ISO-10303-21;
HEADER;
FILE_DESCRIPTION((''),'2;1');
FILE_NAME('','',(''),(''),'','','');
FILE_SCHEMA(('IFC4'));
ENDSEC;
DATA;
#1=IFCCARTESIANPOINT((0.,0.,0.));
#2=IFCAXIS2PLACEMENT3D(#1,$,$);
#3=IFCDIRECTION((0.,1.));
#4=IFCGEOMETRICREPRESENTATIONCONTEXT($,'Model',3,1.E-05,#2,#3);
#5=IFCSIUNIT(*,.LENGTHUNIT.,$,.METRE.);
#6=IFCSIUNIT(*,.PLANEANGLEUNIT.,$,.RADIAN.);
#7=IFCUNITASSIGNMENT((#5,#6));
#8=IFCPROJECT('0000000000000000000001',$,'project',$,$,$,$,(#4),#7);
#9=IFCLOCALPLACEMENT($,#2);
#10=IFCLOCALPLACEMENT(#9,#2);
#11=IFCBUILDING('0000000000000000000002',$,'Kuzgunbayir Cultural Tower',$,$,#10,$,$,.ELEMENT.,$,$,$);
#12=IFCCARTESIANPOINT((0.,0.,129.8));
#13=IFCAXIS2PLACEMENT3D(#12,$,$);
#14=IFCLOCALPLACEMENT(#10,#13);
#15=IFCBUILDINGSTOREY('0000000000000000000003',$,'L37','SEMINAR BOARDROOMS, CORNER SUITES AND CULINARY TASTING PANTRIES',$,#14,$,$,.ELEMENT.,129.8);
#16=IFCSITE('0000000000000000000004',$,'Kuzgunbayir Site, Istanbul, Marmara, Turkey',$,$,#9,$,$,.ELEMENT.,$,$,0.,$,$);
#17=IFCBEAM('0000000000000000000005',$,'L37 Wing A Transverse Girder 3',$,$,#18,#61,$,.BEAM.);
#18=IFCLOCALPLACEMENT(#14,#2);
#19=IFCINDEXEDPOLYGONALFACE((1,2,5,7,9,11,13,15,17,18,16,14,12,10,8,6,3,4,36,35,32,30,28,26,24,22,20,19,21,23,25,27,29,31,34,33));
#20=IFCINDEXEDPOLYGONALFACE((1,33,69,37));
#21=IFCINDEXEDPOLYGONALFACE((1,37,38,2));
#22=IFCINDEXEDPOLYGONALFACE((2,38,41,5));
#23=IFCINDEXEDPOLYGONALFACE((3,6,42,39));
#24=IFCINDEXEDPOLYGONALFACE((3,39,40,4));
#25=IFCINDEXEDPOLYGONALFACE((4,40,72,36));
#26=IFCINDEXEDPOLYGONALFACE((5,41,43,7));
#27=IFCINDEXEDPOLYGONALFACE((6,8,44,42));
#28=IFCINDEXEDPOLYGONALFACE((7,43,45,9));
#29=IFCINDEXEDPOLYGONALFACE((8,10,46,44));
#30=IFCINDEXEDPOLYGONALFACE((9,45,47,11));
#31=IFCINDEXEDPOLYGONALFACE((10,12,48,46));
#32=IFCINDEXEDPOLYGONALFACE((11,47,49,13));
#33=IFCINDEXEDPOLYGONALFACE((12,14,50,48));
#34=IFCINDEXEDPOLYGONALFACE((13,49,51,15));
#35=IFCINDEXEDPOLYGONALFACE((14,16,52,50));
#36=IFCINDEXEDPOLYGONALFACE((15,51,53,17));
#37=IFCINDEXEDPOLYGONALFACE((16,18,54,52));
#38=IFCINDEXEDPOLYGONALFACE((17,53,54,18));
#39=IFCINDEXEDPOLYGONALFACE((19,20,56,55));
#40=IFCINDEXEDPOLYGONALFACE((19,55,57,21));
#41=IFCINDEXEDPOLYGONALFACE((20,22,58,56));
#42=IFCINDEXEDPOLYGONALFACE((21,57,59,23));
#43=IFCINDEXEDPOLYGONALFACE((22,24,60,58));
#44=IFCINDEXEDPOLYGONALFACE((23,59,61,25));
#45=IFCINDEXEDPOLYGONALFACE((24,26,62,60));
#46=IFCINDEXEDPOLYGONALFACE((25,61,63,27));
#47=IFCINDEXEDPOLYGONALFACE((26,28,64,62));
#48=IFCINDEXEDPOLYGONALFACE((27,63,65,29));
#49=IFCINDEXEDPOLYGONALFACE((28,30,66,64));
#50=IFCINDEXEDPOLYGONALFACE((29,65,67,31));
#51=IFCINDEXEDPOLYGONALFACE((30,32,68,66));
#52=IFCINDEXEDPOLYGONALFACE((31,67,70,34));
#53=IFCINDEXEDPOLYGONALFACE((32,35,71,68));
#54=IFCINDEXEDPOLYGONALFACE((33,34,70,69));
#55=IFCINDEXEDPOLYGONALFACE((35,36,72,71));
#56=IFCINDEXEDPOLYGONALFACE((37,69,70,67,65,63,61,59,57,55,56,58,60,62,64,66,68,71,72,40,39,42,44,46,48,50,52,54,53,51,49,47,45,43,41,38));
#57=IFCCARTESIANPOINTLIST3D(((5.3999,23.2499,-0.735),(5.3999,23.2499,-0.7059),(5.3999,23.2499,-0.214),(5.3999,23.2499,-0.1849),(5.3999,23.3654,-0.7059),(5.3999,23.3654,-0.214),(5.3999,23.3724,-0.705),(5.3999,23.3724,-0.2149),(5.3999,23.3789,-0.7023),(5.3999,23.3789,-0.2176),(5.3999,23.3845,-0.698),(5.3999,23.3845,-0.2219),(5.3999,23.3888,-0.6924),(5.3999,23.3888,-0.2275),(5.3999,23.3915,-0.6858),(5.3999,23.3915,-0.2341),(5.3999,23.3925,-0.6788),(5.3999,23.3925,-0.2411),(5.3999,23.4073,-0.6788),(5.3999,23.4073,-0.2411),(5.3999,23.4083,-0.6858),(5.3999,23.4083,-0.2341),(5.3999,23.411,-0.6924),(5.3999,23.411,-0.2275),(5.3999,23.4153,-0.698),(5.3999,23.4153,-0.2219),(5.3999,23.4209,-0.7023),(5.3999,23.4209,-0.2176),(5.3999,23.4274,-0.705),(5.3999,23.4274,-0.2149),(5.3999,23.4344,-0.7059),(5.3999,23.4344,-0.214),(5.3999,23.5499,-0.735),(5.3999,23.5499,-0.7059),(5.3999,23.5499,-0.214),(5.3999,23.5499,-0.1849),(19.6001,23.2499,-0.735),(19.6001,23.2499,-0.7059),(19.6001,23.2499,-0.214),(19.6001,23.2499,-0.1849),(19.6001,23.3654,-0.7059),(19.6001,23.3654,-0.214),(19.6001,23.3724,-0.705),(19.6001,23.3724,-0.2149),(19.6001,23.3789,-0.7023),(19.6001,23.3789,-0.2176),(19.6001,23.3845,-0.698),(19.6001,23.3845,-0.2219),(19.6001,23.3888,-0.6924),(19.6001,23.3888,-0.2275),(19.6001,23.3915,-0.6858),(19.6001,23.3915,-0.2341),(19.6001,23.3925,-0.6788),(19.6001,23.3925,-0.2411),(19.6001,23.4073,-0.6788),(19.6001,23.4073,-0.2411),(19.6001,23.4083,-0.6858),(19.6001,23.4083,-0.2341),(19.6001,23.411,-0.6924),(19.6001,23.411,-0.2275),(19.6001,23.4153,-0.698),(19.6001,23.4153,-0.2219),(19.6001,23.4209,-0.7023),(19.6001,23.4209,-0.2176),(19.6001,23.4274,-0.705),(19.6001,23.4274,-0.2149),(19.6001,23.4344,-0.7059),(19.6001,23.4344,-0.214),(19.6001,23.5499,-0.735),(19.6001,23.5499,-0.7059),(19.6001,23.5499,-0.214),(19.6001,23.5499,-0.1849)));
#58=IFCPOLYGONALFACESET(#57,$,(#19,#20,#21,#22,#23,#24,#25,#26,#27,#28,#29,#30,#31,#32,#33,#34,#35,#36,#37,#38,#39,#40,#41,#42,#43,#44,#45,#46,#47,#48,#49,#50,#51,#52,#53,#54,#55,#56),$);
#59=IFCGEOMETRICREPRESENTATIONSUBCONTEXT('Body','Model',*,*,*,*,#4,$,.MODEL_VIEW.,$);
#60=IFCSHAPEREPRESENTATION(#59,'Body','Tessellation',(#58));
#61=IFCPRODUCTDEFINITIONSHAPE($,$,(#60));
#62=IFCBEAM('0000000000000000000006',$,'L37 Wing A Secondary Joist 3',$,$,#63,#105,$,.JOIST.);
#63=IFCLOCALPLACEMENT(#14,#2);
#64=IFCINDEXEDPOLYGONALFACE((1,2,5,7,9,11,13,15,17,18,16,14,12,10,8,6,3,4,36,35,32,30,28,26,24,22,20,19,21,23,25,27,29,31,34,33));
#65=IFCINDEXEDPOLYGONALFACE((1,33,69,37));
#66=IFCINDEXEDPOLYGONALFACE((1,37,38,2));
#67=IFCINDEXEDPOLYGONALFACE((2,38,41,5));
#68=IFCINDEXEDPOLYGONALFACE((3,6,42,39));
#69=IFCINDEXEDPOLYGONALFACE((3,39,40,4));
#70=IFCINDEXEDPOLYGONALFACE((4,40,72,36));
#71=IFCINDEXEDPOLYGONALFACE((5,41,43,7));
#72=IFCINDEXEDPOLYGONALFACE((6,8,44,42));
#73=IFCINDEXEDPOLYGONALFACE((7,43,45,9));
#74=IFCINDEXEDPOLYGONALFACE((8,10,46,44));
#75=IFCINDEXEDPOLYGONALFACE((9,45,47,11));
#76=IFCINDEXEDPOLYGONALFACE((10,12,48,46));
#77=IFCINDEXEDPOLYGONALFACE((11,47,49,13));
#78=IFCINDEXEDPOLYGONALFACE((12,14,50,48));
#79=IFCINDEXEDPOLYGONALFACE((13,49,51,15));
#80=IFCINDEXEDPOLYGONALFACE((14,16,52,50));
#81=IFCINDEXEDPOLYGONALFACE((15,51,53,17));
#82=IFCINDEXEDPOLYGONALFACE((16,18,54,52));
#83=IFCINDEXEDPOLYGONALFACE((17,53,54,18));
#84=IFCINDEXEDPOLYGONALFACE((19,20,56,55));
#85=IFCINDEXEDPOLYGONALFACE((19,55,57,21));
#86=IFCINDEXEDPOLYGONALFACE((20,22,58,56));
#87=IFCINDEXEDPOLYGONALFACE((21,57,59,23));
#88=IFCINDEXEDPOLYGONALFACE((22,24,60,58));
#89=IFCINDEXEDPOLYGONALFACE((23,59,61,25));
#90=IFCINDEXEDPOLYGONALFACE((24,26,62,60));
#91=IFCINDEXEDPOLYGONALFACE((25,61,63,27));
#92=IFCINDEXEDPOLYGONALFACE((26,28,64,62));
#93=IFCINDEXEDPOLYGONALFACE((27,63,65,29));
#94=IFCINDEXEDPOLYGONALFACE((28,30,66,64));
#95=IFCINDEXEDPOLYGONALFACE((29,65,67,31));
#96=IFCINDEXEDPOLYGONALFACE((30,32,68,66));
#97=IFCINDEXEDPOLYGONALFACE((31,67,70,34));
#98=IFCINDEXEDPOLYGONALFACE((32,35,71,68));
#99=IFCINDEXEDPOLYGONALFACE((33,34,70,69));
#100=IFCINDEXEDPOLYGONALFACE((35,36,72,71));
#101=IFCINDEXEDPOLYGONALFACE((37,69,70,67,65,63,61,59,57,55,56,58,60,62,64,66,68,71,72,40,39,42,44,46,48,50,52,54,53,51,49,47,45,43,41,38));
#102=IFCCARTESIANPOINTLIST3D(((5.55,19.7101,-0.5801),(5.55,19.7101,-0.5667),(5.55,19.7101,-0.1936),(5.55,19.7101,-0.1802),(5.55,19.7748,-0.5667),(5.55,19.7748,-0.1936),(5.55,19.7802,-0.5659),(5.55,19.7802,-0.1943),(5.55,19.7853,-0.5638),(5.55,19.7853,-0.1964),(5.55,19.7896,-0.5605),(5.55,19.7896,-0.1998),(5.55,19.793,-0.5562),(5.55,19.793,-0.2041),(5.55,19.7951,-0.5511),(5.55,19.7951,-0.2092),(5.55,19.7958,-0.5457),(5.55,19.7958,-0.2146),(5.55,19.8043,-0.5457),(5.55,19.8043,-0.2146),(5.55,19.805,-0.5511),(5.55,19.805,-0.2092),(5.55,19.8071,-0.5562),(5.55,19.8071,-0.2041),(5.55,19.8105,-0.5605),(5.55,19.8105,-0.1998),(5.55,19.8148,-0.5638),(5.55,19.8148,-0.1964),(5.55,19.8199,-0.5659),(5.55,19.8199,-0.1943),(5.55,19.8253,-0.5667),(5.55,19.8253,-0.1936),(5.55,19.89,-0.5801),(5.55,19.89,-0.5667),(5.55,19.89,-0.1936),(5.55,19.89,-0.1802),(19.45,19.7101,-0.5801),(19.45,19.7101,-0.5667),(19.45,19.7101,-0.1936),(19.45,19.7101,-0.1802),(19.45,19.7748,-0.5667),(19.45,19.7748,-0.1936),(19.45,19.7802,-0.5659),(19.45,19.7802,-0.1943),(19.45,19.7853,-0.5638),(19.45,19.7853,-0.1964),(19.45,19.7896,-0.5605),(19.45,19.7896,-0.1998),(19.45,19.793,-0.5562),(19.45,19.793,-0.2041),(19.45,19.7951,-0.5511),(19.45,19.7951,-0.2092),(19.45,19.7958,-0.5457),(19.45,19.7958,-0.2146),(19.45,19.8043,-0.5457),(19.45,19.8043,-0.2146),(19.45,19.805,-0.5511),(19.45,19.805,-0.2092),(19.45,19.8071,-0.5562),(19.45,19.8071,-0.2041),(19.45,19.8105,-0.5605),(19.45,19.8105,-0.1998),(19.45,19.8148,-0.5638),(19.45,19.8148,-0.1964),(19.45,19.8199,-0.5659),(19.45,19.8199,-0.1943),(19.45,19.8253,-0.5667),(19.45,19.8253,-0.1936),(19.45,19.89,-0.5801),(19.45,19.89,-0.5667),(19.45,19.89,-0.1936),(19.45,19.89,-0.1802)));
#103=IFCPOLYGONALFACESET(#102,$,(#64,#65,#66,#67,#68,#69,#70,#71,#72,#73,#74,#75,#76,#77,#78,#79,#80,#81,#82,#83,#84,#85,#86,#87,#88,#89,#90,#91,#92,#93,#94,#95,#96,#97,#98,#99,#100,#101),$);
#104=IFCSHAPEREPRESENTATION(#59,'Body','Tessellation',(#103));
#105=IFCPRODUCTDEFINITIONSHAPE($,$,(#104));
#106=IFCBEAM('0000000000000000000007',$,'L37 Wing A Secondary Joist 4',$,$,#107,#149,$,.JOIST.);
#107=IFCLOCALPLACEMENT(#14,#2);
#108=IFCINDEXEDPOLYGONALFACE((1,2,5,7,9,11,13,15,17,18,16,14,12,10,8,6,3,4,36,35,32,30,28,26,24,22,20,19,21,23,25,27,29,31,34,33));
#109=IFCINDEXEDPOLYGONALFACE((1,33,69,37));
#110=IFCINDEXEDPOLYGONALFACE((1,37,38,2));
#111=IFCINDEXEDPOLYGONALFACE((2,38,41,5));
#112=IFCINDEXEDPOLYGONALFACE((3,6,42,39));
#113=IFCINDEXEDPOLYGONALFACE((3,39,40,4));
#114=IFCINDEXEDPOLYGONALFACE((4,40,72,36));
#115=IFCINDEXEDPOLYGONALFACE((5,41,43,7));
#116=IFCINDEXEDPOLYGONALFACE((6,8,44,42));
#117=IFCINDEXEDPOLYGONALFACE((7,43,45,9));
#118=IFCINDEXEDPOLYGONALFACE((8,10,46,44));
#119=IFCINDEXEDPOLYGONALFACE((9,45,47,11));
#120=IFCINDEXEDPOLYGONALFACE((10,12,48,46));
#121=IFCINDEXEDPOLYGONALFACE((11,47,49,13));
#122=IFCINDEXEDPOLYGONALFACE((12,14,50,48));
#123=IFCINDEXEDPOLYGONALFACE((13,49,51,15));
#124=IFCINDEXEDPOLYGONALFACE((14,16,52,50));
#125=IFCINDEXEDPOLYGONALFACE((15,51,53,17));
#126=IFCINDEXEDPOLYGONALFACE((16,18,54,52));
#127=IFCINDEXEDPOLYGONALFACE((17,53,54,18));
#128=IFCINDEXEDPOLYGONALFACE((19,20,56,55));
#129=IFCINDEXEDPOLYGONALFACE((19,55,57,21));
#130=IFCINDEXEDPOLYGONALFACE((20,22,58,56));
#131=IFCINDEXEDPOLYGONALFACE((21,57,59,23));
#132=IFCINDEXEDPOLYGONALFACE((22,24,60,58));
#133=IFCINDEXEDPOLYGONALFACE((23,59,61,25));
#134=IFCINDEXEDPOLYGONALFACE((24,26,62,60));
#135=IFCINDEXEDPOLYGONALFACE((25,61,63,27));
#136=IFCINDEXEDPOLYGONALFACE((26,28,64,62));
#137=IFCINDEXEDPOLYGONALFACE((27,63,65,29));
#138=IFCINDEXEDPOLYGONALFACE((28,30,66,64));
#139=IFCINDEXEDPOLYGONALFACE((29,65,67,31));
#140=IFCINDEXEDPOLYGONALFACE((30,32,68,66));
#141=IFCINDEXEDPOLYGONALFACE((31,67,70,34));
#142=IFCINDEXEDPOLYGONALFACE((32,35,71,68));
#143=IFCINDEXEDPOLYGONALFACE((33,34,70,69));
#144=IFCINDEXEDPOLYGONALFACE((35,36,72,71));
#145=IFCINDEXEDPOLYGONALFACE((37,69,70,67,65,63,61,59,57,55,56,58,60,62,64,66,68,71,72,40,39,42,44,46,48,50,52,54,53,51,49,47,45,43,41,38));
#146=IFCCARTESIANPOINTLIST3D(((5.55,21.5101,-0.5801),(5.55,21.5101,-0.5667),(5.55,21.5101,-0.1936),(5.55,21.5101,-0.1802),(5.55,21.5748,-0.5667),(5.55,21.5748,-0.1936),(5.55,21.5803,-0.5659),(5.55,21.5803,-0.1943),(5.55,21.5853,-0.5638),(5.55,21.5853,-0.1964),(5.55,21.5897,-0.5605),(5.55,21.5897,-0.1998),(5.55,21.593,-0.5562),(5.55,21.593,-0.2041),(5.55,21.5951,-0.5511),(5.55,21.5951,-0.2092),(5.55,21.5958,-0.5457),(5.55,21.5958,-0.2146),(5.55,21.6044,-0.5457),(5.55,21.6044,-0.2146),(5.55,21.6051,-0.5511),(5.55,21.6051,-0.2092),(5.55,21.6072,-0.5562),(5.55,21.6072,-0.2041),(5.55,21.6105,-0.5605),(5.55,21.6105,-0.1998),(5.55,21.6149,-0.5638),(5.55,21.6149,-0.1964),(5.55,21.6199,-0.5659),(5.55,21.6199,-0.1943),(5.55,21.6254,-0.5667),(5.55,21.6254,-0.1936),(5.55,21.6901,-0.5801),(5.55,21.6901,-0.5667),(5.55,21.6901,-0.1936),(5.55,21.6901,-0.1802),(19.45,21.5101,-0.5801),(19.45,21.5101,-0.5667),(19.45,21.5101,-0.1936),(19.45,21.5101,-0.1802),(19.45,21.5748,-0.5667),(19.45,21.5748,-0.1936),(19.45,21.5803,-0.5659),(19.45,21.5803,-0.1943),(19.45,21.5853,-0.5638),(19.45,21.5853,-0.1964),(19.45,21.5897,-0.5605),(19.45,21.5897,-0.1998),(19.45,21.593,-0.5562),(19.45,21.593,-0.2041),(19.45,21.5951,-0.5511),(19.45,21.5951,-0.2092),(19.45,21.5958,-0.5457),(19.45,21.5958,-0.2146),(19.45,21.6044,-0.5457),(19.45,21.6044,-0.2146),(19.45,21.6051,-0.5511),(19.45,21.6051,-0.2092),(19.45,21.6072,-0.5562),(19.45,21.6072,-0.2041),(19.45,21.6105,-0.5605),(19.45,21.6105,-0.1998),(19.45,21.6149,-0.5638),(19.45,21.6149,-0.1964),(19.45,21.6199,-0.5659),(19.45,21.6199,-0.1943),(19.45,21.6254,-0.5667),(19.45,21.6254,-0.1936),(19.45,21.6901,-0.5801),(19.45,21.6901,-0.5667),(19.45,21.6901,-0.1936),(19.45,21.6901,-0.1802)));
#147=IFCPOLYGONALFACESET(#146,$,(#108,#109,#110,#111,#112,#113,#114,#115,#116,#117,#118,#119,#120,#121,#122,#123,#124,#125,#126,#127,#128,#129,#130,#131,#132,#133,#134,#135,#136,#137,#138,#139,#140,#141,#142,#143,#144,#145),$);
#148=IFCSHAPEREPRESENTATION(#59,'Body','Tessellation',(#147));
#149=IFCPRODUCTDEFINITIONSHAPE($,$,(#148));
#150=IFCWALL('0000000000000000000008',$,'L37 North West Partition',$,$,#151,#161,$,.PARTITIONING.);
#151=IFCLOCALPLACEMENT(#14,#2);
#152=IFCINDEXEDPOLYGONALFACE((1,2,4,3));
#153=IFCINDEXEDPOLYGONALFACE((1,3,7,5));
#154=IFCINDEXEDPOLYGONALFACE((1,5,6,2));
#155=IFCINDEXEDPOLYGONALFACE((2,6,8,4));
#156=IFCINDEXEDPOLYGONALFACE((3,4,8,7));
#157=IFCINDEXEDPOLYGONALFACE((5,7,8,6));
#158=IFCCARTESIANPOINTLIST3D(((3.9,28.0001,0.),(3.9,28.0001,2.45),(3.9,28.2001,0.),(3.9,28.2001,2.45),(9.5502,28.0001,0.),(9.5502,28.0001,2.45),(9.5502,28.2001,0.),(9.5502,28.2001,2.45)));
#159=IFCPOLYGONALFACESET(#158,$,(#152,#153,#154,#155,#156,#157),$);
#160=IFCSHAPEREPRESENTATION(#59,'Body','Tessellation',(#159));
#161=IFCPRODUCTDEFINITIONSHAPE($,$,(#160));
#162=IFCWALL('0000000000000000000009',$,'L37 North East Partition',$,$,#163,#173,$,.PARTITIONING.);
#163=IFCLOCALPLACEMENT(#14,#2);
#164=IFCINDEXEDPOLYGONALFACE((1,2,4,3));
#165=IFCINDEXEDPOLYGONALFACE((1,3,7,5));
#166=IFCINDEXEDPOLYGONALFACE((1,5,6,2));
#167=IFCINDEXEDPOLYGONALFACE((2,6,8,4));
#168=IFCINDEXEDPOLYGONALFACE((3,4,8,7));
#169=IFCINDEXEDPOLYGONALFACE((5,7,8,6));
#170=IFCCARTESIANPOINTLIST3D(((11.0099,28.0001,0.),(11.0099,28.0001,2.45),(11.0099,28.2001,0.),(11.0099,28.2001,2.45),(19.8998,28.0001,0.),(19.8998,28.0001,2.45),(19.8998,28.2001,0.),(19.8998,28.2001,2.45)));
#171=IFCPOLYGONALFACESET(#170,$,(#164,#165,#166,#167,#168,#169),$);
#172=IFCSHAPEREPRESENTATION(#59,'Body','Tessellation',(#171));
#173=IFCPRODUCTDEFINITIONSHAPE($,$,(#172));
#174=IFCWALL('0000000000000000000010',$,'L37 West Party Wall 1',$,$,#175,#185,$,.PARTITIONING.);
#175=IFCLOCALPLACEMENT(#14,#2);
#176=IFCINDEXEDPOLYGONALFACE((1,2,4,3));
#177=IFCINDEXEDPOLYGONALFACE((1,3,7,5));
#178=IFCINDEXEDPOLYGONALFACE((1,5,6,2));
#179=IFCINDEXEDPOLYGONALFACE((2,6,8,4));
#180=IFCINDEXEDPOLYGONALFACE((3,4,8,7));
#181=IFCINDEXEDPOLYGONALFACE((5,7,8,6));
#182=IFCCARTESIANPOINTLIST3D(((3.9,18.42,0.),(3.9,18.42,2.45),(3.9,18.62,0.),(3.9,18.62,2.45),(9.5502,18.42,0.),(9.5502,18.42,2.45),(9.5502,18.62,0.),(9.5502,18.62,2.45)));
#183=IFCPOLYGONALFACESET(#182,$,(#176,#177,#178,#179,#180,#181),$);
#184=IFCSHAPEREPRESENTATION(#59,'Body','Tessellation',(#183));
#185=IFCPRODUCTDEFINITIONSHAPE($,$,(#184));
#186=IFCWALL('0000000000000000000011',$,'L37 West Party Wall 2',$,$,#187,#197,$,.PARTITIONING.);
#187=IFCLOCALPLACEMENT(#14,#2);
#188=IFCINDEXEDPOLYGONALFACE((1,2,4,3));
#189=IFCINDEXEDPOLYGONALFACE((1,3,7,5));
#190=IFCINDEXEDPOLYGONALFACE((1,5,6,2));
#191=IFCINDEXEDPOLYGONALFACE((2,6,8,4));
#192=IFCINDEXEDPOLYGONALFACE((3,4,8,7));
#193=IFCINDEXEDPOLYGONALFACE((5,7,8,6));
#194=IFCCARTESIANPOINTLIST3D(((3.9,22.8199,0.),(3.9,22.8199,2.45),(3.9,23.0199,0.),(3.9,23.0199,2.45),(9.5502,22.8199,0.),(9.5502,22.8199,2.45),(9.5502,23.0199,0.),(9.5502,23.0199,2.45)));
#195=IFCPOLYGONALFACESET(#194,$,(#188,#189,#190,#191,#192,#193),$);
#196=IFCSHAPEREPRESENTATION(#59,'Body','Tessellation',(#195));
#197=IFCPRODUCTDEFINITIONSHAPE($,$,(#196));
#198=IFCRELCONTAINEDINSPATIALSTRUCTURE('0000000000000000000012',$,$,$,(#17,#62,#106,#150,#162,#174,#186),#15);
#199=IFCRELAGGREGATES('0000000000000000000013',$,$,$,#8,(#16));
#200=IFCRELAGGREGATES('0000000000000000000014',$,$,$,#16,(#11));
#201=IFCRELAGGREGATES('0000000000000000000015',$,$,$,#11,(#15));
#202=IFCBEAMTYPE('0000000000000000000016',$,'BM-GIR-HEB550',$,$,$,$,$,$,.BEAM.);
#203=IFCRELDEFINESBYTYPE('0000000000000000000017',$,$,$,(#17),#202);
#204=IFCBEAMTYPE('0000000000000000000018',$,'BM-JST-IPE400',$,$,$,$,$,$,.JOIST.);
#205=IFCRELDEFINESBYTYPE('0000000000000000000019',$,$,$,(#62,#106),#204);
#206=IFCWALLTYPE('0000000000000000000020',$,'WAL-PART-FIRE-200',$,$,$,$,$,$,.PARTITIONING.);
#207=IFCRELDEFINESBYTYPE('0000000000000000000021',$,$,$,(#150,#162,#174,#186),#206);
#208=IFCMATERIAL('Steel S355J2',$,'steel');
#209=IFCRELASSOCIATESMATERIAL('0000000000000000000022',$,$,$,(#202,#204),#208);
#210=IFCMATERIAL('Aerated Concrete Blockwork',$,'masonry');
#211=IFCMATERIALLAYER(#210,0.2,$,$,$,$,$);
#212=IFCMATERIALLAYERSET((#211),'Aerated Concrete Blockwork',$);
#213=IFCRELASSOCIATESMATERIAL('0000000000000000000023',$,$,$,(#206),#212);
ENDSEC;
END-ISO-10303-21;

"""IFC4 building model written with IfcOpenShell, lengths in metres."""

from ifc_helpers import new_model, si_unit, direction, frame, frame_2d, origin, origin_2d, place, context, subcontext, project, spatial, rectangle, i_section, extrude, material, layer, layer_set, material_profile, profile_set, type_object, element, save


model = new_model("IFC4")

# Units and contexts
model_context = context("Model", 3, precision=1e-05, world=origin(), true_north=direction((0.0, 1.0)))
body_context = subcontext(model_context, "Body", "Model", "MODEL_VIEW")
ifc_project = project(units=[si_unit("LENGTHUNIT", "METRE"), si_unit("PLANEANGLEUNIT", "RADIAN")], contexts=[model_context])

# Site, building, storey
site_placement = place(None, origin())
site = spatial("IfcSite", under=ifc_project, at=site_placement, Name="Kuzgunbayir Site, Istanbul, Marmara, Turkey", CompositionType="ELEMENT", RefElevation=0.0)
building_placement = place(site_placement, origin())
building = spatial("IfcBuilding", under=site, at=building_placement, Name="Kuzgunbayir Cultural Tower", CompositionType="ELEMENT")
storey_placement = place(building_placement, frame((0.0, 0.0, 129.8)))
storey = spatial("IfcBuildingStorey", under=building, at=storey_placement, Name="L37", Description="SEMINAR BOARDROOMS, CORNER SUITES AND CULINARY TASTING PANTRIES", CompositionType="ELEMENT", Elevation=129.8)

# Beams
ifc_material_1 = material(Name="Steel S355J2", Category="steel")
ifc_material_profile_1 = material_profile(ifc_material_1, i_section(OverallWidth=0.3, OverallDepth=0.55, WebThickness=0.0149, FlangeThickness=0.0291, FilletRadius=0.0271, at=origin_2d()), Name="HEB 550")
ifc_profile_set_1 = profile_set([ifc_material_profile_1], Name="Steel S355J2")
beam_type_1 = type_object("IfcBeamType", Name="BM-GIR-HEB550", PredefinedType="BEAM", material=ifc_profile_set_1)
for number, where, z_axis, x_axis, name in (
    (1, (5.3999, 23.3999, -0.46), (1.0, 0.0, 0.0), (0.0, 1.0, 0.0), "L37 Wing A Transverse Girder 3"),
):
    element("IfcBeam", number, at=place(storey_placement, frame(where, z_axis=z_axis, x_axis=x_axis)), inside=storey, type_object=beam_type_1, Name=name, PredefinedType="BEAM", context=body_context, shape_type="SweptSolid", body=[
        extrude(i_section(OverallWidth=0.3, OverallDepth=0.55, WebThickness=0.0149, FlangeThickness=0.0291, FilletRadius=0.0271, at=origin_2d()), origin(), (0.0, 0.0, 1.0), 14.2002),
    ])
ifc_material_profile_2 = material_profile(ifc_material_1, i_section(OverallWidth=0.1799, OverallDepth=0.3999, WebThickness=0.0085, FlangeThickness=0.0134, FilletRadius=0.021, at=origin_2d()), Name="IPE 400")
ifc_profile_set_2 = profile_set([ifc_material_profile_2], Name="Steel S355J2")
beam_type_2 = type_object("IfcBeamType", Name="BM-JST-IPE400", PredefinedType="JOIST", material=ifc_profile_set_2)
for number, where, z_axis, x_axis, name in (
    (2, (5.55, 19.8, -0.3801), (1.0, 0.0, 0.0), (0.0, 1.0, 0.0), "L37 Wing A Secondary Joist 3"),
    (3, (5.55, 21.6001, -0.3801), (1.0, 0.0, 0.0), (0.0, 1.0, 0.0), "L37 Wing A Secondary Joist 4"),
):
    element("IfcBeam", number, at=place(storey_placement, frame(where, z_axis=z_axis, x_axis=x_axis)), inside=storey, type_object=beam_type_2, Name=name, PredefinedType="JOIST", context=body_context, shape_type="SweptSolid", body=[
        extrude(i_section(OverallWidth=0.1799, OverallDepth=0.3999, WebThickness=0.0085, FlangeThickness=0.0134, FilletRadius=0.021, at=origin_2d()), origin(), (0.0, 0.0, 1.0), 13.8999),
    ])

# Walls
ifc_material_2 = material(Name="Aerated Concrete Blockwork", Category="masonry")
ifc_layer_1 = layer(ifc_material_2, 0.2)
ifc_layer_set_1 = layer_set([ifc_layer_1], Name="Aerated Concrete Blockwork")
wall_type_1 = type_object("IfcWallType", Name="WAL-PART-FIRE-200", PredefinedType="PARTITIONING", material=ifc_layer_set_1)
wall_1_placement = place(storey_placement, frame((3.8999, 28.1001, 0.0), z_axis=(0.0, 0.0, 1.0), x_axis=(1.0, 0.0, 0.0)))
element("IfcWall", 4, at=wall_1_placement, inside=storey, type_object=wall_type_1, Name="L37 North West Partition", PredefinedType="PARTITIONING", context=body_context, shape_type="SweptSolid", body=[
    extrude(rectangle(XDim=5.6501, YDim=0.2, at=frame_2d((2.8252, 0.0))), origin(), (0.0, 0.0, 1.0), 2.45),
])
wall_2_placement = place(storey_placement, frame((11.01, 28.1001, 0.0), z_axis=(0.0, 0.0, 1.0), x_axis=(1.0, 0.0, 0.0)))
element("IfcWall", 5, at=wall_2_placement, inside=storey, type_object=wall_type_1, Name="L37 North East Partition", PredefinedType="PARTITIONING", context=body_context, shape_type="SweptSolid", body=[
    extrude(rectangle(XDim=8.8899, YDim=0.2, at=frame_2d((4.4448, 0.0))), origin(), (0.0, 0.0, 1.0), 2.45),
])
for number, where, z_axis, x_axis, name in (
    (6, (3.8999, 18.52, 0.0), (0.0, 0.0, 1.0), (1.0, 0.0, 0.0), "L37 West Party Wall 1"),
    (7, (3.8999, 22.9199, 0.0), (0.0, 0.0, 1.0), (1.0, 0.0, 0.0), "L37 West Party Wall 2"),
):
    element("IfcWall", number, at=place(storey_placement, frame(where, z_axis=z_axis, x_axis=x_axis)), inside=storey, type_object=wall_type_1, Name=name, PredefinedType="PARTITIONING", context=body_context, shape_type="SweptSolid", body=[
        extrude(rectangle(XDim=5.6501, YDim=0.2, at=frame_2d((2.8252, 0.0))), origin(), (0.0, 0.0, 1.0), 2.45),
    ])

save(model, "model.ifc")
